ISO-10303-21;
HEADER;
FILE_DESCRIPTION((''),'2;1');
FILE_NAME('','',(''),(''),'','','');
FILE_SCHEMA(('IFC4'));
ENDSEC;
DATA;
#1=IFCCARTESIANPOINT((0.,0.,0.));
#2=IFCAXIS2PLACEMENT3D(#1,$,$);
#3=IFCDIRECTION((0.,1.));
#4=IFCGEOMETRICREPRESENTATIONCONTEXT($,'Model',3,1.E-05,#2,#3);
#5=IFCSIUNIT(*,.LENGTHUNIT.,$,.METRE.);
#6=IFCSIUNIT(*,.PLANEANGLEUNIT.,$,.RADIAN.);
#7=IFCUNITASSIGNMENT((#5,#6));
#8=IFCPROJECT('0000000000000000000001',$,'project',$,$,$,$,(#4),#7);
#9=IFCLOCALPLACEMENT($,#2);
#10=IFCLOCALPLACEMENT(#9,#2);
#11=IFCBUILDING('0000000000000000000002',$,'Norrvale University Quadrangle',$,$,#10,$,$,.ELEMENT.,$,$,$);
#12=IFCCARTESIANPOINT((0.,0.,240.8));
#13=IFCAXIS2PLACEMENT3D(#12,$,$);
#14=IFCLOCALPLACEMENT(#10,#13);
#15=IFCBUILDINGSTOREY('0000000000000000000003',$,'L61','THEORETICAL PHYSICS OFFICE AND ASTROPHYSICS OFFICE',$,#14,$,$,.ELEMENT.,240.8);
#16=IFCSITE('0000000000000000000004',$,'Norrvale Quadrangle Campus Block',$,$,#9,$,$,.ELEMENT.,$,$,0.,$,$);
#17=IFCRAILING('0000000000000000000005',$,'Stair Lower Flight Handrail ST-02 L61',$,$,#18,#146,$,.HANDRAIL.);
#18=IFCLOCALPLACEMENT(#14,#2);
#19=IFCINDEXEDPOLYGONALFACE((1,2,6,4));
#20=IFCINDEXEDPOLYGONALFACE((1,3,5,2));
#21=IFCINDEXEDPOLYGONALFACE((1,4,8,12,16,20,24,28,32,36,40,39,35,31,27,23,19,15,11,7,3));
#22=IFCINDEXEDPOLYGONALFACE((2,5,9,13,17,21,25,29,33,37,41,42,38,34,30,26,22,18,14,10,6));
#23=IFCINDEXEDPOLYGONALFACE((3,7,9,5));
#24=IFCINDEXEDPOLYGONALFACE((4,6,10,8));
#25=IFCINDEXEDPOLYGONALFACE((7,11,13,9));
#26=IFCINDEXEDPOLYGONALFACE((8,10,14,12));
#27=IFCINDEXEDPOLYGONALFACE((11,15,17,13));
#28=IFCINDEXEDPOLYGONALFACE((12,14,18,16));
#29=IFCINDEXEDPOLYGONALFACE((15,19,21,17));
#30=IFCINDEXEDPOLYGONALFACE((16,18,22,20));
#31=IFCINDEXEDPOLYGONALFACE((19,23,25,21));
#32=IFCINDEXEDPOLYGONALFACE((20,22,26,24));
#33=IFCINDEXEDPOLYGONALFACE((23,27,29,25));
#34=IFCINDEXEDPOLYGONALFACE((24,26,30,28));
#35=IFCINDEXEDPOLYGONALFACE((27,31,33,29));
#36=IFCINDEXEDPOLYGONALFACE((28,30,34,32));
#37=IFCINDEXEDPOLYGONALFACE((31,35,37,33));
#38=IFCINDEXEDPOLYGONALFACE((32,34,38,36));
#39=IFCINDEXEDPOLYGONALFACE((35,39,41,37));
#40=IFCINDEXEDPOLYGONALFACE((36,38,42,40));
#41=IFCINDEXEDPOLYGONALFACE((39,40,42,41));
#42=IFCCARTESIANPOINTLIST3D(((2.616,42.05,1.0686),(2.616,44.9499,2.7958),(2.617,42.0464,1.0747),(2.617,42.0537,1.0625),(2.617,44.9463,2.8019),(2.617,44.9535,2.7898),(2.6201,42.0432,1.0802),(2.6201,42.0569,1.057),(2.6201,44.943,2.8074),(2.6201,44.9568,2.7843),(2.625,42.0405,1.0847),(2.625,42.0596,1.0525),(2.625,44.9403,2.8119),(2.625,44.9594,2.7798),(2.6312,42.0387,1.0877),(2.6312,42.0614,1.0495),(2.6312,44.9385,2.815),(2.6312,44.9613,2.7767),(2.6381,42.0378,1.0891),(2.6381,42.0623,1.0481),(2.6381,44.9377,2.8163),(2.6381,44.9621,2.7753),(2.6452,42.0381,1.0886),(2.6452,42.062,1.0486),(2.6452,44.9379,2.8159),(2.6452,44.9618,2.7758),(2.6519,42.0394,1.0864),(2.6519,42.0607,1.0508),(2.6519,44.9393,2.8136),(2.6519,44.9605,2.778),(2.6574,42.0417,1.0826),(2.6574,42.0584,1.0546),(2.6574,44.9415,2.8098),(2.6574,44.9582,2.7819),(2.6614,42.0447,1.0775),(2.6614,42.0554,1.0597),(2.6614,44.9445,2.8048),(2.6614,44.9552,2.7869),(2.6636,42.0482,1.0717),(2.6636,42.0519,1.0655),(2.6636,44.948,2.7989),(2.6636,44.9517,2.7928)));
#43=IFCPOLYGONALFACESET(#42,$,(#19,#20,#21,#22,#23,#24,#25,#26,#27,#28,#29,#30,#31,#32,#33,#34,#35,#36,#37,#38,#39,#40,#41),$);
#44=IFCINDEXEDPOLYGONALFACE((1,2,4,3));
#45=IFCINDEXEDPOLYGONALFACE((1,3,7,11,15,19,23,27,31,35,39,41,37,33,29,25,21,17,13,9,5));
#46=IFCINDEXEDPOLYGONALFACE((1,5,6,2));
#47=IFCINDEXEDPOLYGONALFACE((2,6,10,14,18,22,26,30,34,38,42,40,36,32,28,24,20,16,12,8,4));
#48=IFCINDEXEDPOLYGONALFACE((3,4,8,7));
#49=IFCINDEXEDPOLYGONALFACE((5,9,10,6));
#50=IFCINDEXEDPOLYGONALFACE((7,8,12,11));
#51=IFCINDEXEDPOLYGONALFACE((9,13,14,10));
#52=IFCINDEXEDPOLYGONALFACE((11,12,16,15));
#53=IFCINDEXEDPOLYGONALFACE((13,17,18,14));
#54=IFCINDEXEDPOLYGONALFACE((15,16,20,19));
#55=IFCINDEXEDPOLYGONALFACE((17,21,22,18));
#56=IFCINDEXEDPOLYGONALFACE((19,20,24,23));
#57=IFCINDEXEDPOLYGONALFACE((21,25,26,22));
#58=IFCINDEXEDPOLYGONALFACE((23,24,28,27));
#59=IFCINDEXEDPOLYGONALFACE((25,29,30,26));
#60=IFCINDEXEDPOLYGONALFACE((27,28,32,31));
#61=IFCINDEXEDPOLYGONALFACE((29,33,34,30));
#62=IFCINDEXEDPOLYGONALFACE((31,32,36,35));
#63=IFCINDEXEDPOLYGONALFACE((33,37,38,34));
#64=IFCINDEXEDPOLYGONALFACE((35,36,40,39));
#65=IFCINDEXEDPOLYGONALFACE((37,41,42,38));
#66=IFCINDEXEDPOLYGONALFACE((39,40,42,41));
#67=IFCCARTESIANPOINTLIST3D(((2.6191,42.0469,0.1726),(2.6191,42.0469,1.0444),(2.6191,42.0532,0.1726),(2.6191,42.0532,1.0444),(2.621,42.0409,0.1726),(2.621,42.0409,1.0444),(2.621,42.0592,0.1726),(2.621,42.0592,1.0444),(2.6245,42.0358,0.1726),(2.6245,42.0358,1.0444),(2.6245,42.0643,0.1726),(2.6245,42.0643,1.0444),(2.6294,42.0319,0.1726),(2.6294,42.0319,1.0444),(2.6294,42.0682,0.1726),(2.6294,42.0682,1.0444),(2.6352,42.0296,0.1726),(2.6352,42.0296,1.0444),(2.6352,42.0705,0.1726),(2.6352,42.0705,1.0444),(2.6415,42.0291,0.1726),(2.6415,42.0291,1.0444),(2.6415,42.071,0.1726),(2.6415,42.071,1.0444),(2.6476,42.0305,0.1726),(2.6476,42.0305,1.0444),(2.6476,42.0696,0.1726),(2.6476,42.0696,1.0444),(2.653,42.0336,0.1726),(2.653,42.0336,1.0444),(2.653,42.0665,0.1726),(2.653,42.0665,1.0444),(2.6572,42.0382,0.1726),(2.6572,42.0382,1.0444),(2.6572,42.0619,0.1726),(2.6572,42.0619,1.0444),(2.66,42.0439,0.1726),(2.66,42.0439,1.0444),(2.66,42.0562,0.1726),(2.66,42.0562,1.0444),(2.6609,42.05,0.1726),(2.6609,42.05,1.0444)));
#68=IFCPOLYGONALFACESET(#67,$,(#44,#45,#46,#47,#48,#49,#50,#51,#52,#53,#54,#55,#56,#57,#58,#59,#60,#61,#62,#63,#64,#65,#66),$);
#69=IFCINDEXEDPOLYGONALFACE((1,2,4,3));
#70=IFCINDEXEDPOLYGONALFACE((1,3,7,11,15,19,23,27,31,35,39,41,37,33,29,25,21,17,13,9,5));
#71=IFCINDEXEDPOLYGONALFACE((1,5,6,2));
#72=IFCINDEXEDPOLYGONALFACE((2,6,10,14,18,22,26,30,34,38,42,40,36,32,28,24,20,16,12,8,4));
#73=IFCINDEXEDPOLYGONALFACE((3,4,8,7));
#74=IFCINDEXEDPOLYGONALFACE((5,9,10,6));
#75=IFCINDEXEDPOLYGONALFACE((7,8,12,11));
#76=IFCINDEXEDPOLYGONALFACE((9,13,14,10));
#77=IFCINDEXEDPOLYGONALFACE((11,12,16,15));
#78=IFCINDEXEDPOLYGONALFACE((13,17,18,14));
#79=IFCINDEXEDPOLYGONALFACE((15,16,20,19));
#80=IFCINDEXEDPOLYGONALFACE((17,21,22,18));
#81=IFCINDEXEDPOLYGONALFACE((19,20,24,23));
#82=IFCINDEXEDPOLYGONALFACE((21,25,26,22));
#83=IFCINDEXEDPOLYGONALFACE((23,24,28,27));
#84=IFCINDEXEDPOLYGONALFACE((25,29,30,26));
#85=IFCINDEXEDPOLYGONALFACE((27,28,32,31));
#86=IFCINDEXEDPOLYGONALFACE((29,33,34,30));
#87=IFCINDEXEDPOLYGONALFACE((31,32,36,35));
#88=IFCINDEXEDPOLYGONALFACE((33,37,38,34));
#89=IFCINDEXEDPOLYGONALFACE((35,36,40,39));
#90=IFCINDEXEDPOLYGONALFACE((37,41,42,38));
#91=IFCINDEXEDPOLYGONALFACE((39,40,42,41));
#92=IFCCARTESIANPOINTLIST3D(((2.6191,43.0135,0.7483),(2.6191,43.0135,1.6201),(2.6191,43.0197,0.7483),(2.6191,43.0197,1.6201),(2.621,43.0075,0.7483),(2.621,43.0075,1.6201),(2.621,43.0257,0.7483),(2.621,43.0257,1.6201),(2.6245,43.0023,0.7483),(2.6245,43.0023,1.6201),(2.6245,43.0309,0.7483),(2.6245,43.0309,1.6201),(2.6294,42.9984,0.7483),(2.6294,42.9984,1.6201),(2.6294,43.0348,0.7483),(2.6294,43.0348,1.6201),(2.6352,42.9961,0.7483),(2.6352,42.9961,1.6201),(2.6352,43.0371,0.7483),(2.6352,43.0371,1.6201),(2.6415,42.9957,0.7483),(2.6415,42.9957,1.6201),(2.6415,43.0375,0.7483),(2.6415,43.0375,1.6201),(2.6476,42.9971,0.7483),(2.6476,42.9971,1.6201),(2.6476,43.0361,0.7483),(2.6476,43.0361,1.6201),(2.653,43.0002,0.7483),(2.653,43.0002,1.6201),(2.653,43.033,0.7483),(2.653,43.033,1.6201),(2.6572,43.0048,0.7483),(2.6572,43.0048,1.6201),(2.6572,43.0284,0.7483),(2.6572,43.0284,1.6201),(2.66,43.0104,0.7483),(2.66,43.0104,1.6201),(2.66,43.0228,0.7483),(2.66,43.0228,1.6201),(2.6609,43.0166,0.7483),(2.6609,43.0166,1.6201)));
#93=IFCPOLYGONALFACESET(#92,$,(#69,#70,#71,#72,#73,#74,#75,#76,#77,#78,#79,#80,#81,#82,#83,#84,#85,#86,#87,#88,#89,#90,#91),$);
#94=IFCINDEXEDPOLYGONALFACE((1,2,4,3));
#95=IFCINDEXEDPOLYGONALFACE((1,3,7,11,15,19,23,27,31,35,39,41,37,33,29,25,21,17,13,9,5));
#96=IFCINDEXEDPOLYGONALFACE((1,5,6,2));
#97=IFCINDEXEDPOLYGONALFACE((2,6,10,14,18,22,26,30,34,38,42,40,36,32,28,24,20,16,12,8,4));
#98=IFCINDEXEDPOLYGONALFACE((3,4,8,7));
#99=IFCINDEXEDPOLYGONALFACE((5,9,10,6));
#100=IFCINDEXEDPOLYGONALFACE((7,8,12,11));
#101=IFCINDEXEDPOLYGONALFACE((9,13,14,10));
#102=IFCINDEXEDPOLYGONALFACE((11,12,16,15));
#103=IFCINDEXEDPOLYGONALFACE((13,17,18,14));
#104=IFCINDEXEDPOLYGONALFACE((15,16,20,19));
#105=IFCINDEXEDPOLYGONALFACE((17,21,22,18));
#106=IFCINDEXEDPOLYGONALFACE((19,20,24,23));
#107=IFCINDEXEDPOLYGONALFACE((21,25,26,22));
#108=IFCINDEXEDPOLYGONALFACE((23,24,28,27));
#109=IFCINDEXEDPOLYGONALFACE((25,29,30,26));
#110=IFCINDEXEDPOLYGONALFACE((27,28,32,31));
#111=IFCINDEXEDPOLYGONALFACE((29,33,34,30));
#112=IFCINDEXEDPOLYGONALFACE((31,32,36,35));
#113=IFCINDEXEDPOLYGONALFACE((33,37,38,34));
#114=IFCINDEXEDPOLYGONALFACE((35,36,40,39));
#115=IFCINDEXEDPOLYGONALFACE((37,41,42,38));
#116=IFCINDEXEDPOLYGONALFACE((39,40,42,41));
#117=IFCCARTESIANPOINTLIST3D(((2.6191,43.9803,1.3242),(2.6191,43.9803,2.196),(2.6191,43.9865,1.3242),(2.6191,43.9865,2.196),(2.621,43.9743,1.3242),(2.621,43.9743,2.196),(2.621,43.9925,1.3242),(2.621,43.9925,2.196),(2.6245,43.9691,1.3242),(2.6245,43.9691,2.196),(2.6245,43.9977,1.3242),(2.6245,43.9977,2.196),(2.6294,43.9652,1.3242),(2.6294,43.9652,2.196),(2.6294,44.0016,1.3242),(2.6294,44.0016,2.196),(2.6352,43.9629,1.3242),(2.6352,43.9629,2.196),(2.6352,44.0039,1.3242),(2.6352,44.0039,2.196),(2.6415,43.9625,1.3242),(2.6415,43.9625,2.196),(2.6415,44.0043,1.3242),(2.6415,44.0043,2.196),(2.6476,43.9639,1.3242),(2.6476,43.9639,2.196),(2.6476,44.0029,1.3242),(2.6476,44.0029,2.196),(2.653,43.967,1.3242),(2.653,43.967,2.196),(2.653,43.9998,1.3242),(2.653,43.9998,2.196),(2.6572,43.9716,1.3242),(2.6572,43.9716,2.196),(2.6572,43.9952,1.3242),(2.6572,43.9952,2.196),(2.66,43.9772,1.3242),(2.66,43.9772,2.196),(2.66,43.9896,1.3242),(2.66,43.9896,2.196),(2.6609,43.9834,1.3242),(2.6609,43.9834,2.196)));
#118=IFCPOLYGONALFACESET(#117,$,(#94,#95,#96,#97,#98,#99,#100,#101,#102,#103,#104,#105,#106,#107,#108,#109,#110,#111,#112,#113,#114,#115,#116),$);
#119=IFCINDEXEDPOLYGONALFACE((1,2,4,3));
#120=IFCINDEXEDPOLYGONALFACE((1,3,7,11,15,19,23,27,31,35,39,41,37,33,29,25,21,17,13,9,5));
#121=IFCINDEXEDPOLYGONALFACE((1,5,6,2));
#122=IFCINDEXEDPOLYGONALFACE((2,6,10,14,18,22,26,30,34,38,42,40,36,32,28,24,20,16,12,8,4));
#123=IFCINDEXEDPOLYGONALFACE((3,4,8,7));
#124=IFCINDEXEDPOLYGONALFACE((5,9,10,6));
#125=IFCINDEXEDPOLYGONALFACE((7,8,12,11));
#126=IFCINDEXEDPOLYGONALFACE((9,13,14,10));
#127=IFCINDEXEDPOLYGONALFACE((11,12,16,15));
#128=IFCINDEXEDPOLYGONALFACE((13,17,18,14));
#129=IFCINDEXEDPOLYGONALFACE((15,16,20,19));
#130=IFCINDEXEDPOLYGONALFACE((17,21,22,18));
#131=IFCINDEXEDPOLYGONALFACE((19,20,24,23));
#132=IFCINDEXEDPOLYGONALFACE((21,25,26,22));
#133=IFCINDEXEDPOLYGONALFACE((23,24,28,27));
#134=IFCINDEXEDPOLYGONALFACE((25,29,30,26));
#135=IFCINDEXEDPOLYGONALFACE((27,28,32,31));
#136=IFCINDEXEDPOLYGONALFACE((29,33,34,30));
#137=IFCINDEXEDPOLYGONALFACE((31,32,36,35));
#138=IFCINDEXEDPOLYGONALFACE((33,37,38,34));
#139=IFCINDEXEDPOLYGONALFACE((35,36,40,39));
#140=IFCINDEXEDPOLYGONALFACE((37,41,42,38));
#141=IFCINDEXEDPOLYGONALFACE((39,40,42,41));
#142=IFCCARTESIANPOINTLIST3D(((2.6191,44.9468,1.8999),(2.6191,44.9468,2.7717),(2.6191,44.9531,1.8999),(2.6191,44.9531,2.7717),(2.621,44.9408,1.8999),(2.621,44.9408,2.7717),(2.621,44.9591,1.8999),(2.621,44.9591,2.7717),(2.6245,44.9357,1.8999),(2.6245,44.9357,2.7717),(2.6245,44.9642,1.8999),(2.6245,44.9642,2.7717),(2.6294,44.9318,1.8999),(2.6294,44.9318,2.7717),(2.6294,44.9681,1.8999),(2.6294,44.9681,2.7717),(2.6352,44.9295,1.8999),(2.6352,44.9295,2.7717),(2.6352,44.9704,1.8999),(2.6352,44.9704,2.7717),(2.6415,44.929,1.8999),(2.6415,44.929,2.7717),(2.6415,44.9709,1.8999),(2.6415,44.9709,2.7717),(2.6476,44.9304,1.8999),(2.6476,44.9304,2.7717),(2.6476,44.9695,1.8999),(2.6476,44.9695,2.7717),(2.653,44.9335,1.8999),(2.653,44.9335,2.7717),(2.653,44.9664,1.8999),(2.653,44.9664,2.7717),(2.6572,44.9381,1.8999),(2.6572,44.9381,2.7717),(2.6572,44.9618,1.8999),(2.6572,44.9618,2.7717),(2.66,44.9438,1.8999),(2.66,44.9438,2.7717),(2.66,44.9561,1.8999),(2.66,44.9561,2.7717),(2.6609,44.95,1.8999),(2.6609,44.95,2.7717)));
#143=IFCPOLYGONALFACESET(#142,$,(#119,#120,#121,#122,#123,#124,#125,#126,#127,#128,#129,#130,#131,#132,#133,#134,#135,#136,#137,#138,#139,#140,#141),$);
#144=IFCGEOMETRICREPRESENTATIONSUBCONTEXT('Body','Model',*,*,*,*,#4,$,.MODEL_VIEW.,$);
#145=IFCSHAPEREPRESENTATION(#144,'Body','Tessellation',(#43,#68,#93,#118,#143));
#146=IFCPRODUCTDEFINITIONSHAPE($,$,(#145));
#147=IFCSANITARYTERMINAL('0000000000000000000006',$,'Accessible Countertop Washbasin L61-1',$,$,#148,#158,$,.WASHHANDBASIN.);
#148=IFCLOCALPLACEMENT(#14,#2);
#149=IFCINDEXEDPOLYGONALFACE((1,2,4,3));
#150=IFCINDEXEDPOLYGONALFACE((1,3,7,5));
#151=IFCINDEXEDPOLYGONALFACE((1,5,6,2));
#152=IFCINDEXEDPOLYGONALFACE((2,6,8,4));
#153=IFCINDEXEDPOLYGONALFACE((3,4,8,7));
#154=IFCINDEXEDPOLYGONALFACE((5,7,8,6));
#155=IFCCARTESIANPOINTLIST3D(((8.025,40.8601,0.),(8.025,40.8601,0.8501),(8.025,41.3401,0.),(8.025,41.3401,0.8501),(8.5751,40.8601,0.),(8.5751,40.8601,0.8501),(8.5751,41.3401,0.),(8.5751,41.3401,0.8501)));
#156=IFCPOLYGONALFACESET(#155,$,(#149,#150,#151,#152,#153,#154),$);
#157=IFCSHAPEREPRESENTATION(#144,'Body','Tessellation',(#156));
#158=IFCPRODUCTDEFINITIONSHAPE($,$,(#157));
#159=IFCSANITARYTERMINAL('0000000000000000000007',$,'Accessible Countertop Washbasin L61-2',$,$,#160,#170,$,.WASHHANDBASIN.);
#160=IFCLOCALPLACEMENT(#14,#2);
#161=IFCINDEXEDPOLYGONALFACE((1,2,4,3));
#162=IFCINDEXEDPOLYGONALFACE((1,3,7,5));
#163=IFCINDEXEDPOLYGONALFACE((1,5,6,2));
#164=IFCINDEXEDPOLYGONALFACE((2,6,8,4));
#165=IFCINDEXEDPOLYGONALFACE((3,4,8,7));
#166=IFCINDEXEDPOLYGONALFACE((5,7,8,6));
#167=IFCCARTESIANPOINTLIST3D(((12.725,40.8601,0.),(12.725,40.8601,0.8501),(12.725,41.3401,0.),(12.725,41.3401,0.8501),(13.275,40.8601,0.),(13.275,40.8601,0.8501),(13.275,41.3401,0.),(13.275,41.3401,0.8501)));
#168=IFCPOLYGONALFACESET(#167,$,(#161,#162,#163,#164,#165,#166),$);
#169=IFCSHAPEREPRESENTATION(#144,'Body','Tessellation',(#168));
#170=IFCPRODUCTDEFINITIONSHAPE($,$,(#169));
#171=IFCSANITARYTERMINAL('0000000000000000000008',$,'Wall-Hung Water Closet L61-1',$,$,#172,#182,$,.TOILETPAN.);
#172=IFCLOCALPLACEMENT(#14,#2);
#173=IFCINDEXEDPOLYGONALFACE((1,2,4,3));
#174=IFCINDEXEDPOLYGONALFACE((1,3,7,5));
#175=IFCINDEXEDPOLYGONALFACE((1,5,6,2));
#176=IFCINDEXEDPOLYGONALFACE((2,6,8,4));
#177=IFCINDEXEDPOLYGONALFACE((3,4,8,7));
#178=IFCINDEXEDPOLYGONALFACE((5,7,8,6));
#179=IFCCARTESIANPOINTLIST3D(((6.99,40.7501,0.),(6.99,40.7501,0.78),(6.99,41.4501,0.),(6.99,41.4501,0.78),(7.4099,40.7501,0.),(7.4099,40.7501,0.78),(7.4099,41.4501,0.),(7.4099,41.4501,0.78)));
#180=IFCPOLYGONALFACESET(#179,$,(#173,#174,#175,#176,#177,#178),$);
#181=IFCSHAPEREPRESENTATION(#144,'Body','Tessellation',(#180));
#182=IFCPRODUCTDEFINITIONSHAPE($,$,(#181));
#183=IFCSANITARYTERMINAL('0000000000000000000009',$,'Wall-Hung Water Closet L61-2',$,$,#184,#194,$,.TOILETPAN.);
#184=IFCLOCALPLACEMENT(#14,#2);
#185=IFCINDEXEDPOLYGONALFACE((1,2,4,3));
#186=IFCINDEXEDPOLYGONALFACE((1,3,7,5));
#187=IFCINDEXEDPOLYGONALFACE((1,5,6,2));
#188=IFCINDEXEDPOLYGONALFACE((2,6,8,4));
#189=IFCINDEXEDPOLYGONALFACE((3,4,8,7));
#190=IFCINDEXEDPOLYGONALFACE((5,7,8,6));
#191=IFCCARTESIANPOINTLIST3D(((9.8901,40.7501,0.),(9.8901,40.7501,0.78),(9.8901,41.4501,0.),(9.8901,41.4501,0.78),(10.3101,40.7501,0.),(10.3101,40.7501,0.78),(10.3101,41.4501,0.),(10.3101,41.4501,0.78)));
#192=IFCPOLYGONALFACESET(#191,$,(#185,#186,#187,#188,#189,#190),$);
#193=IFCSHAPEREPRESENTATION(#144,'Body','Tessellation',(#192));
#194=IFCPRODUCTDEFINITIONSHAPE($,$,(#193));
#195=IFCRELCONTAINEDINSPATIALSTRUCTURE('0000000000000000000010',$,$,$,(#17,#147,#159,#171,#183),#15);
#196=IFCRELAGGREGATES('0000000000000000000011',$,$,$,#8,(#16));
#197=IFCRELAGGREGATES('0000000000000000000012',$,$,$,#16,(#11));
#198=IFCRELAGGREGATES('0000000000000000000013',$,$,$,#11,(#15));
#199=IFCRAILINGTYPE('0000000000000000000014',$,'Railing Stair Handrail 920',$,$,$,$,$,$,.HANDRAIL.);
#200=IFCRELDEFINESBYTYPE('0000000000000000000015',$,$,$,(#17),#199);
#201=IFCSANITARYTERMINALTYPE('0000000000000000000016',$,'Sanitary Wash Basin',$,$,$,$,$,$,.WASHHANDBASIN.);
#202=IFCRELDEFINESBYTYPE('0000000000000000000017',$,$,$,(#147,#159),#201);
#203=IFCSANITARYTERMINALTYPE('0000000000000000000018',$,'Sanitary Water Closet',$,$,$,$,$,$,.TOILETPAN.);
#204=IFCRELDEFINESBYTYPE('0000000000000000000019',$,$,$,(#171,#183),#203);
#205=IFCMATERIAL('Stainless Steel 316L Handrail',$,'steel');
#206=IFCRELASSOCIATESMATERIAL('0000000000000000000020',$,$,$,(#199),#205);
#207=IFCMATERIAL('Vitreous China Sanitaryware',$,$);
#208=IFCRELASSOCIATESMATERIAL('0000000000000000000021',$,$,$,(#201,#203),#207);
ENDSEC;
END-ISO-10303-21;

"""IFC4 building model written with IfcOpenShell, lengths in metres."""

from ifc_helpers import new_model, si_unit, direction, frame, origin, origin_2d, place, context, subcontext, project, spatial, rectangle, circle, extrude, material, type_object, element, save


model = new_model("IFC4")

# Units and contexts
model_context = context("Model", 3, precision=1e-05, world=origin(), true_north=direction((0.0, 1.0)))
body_context = subcontext(model_context, "Body", "Model", "MODEL_VIEW")
ifc_project = project(units=[si_unit("LENGTHUNIT", "METRE"), si_unit("PLANEANGLEUNIT", "RADIAN")], contexts=[model_context])

# Site, building, storey
site_placement = place(None, origin())
site = spatial("IfcSite", under=ifc_project, at=site_placement, Name="Norrvale Quadrangle Campus Block", CompositionType="ELEMENT", RefElevation=0.0)
building_placement = place(site_placement, origin())
building = spatial("IfcBuilding", under=site, at=building_placement, Name="Norrvale University Quadrangle", CompositionType="ELEMENT")
storey_placement = place(building_placement, frame((0.0, 0.0, 240.8)))
storey = spatial("IfcBuildingStorey", under=building, at=storey_placement, Name="L61", Description="THEORETICAL PHYSICS OFFICE AND ASTROPHYSICS OFFICE", CompositionType="ELEMENT", Elevation=240.8)

# Railing
ifc_material_1 = material(Name="Stainless Steel 316L Handrail", Category="steel")
railing_type_1 = type_object("IfcRailingType", Name="Railing Stair Handrail 920", PredefinedType="HANDRAIL", material=ifc_material_1)
railing_1_placement = place(storey_placement, frame((2.6399, 42.05, 0.1726)))
element("IfcRailing", 1, at=railing_1_placement, inside=storey, type_object=railing_type_1, Name="Stair Lower Flight Handrail ST-02 L61", PredefinedType="HANDRAIL", context=body_context, shape_type="SweptSolid", body=[
    extrude(circle(Radius=0.0239, at=origin_2d()), frame((0.0, 0.0, 0.896), z_axis=(0.0, 0.859141, 0.511738), x_axis=(-1.0, 0.0, 0.0)), (0.0, 0.0, 1.0), 3.3752),
    extrude(circle(Radius=0.021, at=origin_2d()), origin(), (0.0, 0.0, 1.0), 0.8718),
    extrude(circle(Radius=0.021, at=origin_2d()), frame((0.0, 0.9666, 0.5757)), (0.0, 0.0, 1.0), 0.8718),
    extrude(circle(Radius=0.021, at=origin_2d()), frame((0.0, 1.9333, 1.1516)), (0.0, 0.0, 1.0), 0.8718),
    extrude(circle(Radius=0.021, at=origin_2d()), frame((0.0, 2.8999, 1.7273)), (0.0, 0.0, 1.0), 0.8718),
])

# Sanitary terminals
ifc_material_2 = material(Name="Vitreous China Sanitaryware")
sanitary_terminal_type_1 = type_object("IfcSanitaryTerminalType", Name="Sanitary Wash Basin", PredefinedType="WASHHANDBASIN", material=ifc_material_2)
for number, where, z_axis, x_axis, name in (
    (2, (8.3, 41.1001, 0.0), (0.0, 0.0, 1.0), (1.0, 0.0, 0.0), "Accessible Countertop Washbasin L61-1"),
    (3, (13.0, 41.1001, 0.0), (0.0, 0.0, 1.0), (1.0, 0.0, 0.0), "Accessible Countertop Washbasin L61-2"),
):
    element("IfcSanitaryTerminal", number, at=place(storey_placement, frame(where, z_axis=z_axis, x_axis=x_axis)), inside=storey, type_object=sanitary_terminal_type_1, Name=name, PredefinedType="WASHHANDBASIN", context=body_context, shape_type="SweptSolid", body=[
        extrude(rectangle(XDim=0.55, YDim=0.48, at=origin_2d()), origin(), (0.0, 0.0, 1.0), 0.8501),
    ])
sanitary_terminal_type_2 = type_object("IfcSanitaryTerminalType", Name="Sanitary Water Closet", PredefinedType="TOILETPAN", material=ifc_material_2)
for number, where, z_axis, x_axis, name in (
    (4, (7.2, 41.1001, 0.0), (0.0, 0.0, 1.0), (1.0, 0.0, 0.0), "Wall-Hung Water Closet L61-1"),
    (5, (10.1001, 41.1001, 0.0), (0.0, 0.0, 1.0), (1.0, 0.0, 0.0), "Wall-Hung Water Closet L61-2"),
):
    element("IfcSanitaryTerminal", number, at=place(storey_placement, frame(where, z_axis=z_axis, x_axis=x_axis)), inside=storey, type_object=sanitary_terminal_type_2, Name=name, PredefinedType="TOILETPAN", context=body_context, shape_type="SweptSolid", body=[
        extrude(rectangle(XDim=0.4199, YDim=0.7, at=origin_2d()), origin(), (0.0, 0.0, 1.0), 0.78),
    ])

save(model, "model.ifc")
